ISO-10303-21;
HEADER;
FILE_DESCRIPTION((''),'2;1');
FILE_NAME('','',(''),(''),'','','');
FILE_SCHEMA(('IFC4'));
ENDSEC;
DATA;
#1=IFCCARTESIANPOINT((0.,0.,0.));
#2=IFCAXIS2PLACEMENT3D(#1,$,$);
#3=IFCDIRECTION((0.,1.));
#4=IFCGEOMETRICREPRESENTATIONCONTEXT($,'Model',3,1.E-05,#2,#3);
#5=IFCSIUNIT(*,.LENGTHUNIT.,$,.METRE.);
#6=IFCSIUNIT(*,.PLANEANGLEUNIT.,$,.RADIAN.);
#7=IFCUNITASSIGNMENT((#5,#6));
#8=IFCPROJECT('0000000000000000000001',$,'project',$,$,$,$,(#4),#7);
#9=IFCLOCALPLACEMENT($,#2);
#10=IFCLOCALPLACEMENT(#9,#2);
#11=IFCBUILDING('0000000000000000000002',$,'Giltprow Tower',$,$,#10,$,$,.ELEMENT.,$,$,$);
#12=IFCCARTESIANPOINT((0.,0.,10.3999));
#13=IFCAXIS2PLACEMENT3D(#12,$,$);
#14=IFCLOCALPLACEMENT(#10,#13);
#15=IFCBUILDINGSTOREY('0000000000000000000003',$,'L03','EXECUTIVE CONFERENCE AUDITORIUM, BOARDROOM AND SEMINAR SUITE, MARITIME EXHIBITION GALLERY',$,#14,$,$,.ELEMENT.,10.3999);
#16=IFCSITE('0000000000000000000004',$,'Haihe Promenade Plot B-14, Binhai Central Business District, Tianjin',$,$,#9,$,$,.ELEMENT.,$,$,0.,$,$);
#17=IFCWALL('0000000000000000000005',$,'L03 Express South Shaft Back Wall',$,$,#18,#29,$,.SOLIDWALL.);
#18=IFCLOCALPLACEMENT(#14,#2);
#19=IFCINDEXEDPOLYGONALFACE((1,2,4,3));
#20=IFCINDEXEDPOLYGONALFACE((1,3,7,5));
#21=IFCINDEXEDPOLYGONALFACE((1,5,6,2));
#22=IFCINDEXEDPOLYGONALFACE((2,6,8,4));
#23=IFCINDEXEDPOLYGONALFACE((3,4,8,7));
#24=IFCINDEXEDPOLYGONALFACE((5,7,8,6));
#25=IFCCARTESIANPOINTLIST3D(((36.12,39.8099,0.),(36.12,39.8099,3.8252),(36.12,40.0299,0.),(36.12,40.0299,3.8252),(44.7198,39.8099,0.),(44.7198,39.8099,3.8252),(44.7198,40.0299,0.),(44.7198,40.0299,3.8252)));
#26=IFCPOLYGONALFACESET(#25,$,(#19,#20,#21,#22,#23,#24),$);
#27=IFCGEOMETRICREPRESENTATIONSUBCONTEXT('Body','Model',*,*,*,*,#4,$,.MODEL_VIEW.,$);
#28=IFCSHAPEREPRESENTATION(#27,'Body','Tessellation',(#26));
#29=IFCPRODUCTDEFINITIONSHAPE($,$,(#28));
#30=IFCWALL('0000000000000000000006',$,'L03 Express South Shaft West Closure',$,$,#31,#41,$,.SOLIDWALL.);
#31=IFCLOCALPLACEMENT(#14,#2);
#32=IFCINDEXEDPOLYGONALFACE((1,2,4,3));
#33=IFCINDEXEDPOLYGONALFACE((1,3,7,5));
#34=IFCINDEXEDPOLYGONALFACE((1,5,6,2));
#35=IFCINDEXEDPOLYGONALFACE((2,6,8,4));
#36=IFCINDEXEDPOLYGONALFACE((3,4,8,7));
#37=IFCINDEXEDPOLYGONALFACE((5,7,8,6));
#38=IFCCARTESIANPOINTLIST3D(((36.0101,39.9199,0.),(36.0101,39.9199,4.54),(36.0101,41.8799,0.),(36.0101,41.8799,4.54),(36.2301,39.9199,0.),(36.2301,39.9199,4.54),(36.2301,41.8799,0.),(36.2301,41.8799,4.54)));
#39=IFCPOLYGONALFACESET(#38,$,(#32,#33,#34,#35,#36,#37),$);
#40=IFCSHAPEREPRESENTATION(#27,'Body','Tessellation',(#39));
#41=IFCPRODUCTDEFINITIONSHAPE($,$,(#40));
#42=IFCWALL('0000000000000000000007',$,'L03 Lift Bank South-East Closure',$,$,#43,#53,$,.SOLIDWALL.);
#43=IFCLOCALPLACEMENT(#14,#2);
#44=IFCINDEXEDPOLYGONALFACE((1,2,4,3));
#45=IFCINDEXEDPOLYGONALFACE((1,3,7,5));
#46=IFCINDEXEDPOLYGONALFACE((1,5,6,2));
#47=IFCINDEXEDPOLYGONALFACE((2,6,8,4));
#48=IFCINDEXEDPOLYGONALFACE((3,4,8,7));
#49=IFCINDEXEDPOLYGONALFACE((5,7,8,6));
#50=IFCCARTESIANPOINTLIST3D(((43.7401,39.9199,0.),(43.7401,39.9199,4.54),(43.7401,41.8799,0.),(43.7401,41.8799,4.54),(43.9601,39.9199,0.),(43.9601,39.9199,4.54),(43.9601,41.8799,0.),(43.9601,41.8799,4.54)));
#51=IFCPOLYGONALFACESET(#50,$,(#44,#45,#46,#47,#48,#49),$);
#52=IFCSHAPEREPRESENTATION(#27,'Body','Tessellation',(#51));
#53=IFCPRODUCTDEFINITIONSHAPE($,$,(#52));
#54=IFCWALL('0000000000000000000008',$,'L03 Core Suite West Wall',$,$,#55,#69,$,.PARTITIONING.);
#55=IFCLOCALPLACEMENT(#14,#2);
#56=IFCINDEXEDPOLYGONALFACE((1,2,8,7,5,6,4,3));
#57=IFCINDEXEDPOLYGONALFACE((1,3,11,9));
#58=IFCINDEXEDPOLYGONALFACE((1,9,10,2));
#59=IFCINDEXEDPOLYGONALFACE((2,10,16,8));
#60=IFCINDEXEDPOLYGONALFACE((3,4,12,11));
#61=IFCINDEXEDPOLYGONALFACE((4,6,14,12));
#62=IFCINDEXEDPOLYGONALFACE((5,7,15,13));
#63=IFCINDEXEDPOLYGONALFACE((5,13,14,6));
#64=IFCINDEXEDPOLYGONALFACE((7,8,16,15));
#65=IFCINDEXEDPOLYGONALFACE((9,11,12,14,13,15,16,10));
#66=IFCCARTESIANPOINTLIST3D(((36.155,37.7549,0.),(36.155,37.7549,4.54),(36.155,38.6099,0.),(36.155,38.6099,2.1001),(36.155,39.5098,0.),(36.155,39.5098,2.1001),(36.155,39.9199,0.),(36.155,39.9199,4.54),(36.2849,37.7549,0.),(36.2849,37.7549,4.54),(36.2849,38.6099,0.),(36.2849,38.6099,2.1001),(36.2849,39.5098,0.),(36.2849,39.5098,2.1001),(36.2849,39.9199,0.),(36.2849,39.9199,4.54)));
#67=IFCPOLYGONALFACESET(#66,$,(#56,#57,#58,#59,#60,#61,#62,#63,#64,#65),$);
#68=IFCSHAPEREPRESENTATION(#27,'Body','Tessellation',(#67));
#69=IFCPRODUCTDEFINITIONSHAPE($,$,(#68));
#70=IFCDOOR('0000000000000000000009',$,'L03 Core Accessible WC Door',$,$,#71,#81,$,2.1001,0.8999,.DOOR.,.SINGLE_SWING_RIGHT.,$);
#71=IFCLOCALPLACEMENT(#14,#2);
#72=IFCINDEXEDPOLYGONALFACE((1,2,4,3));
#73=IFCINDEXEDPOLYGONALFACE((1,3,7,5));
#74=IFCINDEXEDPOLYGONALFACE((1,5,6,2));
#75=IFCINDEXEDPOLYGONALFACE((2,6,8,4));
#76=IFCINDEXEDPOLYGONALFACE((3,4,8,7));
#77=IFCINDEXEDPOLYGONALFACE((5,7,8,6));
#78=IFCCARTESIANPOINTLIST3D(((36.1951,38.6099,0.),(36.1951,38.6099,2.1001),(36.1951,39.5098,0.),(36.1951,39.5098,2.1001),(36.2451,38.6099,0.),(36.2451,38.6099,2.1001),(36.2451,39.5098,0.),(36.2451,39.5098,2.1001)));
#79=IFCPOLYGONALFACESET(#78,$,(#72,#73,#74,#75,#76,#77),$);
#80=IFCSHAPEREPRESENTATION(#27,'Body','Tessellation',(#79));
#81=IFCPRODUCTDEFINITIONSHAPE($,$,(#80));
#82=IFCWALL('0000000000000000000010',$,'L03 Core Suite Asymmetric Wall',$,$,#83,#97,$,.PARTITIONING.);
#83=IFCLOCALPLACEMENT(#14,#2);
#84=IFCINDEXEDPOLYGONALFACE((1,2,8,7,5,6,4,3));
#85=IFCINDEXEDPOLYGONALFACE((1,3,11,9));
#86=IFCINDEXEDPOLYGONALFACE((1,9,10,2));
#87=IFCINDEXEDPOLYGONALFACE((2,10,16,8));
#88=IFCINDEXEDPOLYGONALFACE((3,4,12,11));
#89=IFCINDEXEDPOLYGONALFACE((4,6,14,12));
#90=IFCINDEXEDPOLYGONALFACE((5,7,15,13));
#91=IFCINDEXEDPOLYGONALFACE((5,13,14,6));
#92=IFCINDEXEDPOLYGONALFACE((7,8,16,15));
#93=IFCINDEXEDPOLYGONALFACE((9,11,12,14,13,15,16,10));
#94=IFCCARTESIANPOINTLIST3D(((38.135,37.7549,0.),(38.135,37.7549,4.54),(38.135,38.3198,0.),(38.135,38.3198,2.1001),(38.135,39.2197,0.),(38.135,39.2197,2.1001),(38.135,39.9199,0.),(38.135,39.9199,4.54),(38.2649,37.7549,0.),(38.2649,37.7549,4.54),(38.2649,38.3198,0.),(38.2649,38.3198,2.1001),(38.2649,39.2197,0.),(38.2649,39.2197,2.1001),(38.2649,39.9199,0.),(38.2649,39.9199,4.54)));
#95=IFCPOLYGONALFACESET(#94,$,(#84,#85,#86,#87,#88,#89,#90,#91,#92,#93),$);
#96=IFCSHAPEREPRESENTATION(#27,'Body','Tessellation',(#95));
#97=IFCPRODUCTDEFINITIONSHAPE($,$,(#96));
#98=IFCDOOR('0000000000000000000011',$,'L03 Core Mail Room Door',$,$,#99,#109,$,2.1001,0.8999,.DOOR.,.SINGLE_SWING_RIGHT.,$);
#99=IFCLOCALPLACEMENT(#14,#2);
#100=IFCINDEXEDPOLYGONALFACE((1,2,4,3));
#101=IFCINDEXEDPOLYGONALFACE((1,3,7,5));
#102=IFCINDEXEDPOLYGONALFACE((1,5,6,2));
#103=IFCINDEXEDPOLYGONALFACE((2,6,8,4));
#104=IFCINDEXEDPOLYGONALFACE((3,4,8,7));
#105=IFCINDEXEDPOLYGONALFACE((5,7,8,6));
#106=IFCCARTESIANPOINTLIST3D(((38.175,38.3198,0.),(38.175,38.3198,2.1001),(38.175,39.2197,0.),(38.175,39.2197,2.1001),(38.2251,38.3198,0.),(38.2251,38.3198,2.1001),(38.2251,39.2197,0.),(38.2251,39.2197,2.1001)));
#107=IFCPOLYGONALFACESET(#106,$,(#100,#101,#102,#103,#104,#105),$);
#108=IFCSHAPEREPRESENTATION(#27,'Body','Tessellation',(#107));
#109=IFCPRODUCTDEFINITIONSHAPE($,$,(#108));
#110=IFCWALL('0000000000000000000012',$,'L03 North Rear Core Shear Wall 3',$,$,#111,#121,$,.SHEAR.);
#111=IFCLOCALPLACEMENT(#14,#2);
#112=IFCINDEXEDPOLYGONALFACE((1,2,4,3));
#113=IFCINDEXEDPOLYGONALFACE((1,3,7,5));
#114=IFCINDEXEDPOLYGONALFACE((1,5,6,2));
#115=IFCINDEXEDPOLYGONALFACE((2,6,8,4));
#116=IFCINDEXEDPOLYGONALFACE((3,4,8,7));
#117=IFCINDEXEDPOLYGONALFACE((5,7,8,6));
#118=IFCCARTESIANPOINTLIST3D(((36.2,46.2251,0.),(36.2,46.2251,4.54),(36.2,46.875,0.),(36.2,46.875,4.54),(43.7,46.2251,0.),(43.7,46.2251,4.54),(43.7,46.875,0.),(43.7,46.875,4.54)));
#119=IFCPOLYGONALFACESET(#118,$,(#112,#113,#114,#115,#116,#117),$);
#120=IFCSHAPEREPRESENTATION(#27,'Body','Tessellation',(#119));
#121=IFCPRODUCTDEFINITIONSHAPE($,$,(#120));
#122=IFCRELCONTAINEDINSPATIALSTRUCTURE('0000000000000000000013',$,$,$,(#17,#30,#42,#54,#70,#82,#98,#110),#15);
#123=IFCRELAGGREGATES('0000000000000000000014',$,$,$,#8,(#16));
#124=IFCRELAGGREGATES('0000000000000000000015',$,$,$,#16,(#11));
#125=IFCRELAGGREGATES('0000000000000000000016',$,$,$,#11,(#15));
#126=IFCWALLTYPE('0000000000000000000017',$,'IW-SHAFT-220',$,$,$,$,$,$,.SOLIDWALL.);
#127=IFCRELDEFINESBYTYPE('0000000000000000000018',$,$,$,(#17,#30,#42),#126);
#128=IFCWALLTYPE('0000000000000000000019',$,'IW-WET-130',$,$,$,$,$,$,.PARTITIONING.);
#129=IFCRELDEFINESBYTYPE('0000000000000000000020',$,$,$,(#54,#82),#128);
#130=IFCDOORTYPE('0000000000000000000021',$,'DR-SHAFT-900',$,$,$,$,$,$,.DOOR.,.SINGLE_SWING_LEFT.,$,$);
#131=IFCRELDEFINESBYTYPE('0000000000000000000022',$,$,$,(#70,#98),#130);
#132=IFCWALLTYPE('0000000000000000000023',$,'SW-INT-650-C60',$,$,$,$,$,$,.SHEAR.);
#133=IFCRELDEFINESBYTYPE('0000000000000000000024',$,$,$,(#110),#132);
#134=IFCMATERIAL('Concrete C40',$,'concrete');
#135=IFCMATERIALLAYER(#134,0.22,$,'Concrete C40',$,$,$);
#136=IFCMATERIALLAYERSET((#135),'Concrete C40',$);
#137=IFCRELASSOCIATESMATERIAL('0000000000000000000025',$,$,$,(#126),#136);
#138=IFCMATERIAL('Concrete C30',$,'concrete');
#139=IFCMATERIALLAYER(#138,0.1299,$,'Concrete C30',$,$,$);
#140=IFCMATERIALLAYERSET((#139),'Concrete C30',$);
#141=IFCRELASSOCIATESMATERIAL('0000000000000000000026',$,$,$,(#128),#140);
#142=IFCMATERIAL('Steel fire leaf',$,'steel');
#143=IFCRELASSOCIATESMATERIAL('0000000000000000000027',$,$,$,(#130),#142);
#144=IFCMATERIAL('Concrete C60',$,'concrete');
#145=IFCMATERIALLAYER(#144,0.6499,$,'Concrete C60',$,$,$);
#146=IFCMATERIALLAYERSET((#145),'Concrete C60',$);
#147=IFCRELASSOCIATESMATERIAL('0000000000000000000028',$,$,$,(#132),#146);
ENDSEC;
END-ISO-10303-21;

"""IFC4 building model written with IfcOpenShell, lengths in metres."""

from ifc_helpers import new_model, si_unit, direction, frame, frame_2d, origin, place, context, subcontext, project, spatial, rectangle, extrude, source, transform, mapped, material, layer, layer_set, type_object, element, fill, save


model = new_model("IFC4")

# Units and contexts
model_context = context("Model", 3, precision=1e-05, world=origin(), true_north=direction((0.0, 1.0)))
body_context = subcontext(model_context, "Body", "Model", "MODEL_VIEW")
ifc_project = project(units=[si_unit("LENGTHUNIT", "METRE"), si_unit("PLANEANGLEUNIT", "RADIAN")], contexts=[model_context])

# Site, building, storey
site_placement = place(None, origin())
site = spatial("IfcSite", under=ifc_project, at=site_placement, Name="Haihe Promenade Plot B-14, Binhai Central Business District, Tianjin", CompositionType="ELEMENT", RefElevation=0.0)
building_placement = place(site_placement, origin())
building = spatial("IfcBuilding", under=site, at=building_placement, Name="Giltprow Tower", CompositionType="ELEMENT")
storey_placement = place(building_placement, frame((0.0, 0.0, 10.3999)))
storey = spatial("IfcBuildingStorey", under=building, at=storey_placement, Name="L03", Description="EXECUTIVE CONFERENCE AUDITORIUM, BOARDROOM AND SEMINAR SUITE, MARITIME EXHIBITION GALLERY", CompositionType="ELEMENT", Elevation=10.3999)

# Shared definitions
ifc_material_1 = material(Name="Concrete C60", Category="concrete")

# Shared definitions
ifc_material_2 = material(Name="Concrete C40", Category="concrete")
ifc_layer_1 = layer(ifc_material_2, 0.22, Name="Concrete C40")
ifc_layer_set_1 = layer_set([ifc_layer_1], Name="Concrete C40")
wall_type_1 = type_object("IfcWallType", Name="IW-SHAFT-220", PredefinedType="SOLIDWALL", material=ifc_layer_set_1)

# Walls
wall_1_placement = place(storey_placement, frame((36.1201, 39.9199, 0.0), z_axis=(0.0, 0.0, 1.0), x_axis=(1.0, 0.0, 0.0)))
element("IfcWall", 1, at=wall_1_placement, inside=storey, type_object=wall_type_1, Name="L03 Express South Shaft Back Wall", PredefinedType="SOLIDWALL", context=body_context, shape_type="SweptSolid", body=[
    extrude(rectangle(XDim=8.5999, YDim=0.22, at=frame_2d((4.2998, 0.0))), origin(), (0.0, 0.0, 1.0), 3.8252),
])
for number, where, z_axis, x_axis, name in (
    (2, (36.1201, 39.9199, 0.0), (0.0, 0.0, 1.0), (0.0, 1.0, 0.0), "L03 Express South Shaft West Closure"),
    (3, (43.8501, 39.9199, 0.0), (0.0, 0.0, 1.0), (0.0, 1.0, 0.0), "L03 Lift Bank South-East Closure"),
):
    element("IfcWall", number, at=place(storey_placement, frame(where, z_axis=z_axis, x_axis=x_axis)), inside=storey, type_object=wall_type_1, Name=name, PredefinedType="SOLIDWALL", context=body_context, shape_type="SweptSolid", body=[
        extrude(rectangle(XDim=1.96, YDim=0.22, at=frame_2d((0.98, 0.0))), origin(), (0.0, 0.0, 1.0), 4.54),
    ])

# Walls, openings, doors
ifc_material_3 = material(Name="Concrete C30", Category="concrete")
ifc_layer_2 = layer(ifc_material_3, 0.1299, Name="Concrete C30")
ifc_layer_set_2 = layer_set([ifc_layer_2], Name="Concrete C30")
wall_type_2 = type_object("IfcWallType", Name="IW-WET-130", PredefinedType="PARTITIONING", material=ifc_layer_set_2)
wall_2_placement = place(storey_placement, frame((36.22, 37.7549, 0.0), z_axis=(0.0, 0.0, 1.0), x_axis=(0.0, 1.0, 0.0)))
wall_2 = element("IfcWall", 4, at=wall_2_placement, inside=storey, type_object=wall_type_2, Name="L03 Core Suite West Wall", PredefinedType="PARTITIONING", context=body_context, shape_type="SweptSolid", body=[
    extrude(rectangle(XDim=2.165, YDim=0.1299, at=frame_2d((1.0825, 0.0))), origin(), (0.0, 0.0, 1.0), 4.54),
])
opening_1_placement = place(wall_2_placement, frame((0.855, 0.0, 0.0)))
opening_1 = element("IfcOpeningElement", 5, at=opening_1_placement, cuts=wall_2, PredefinedType="OPENING", context=body_context, shape_type="SweptSolid", body=[
    extrude(rectangle(XDim=0.8999, YDim=2.1001, at=frame_2d((0.45, 1.05))), frame((0.0, 0.075, 0.0), z_axis=(0.0, -1.0, 0.0), x_axis=(1.0, 0.0, 0.0)), (0.0, 0.0, 1.0), 0.1499),
])
ifc_material_4 = material(Name="Steel fire leaf", Category="steel")
door_type_1 = type_object("IfcDoorType", Name="DR-SHAFT-900", OperationType="SINGLE_SWING_LEFT", PredefinedType="DOOR", material=ifc_material_4)
shared_shape_1 = source(origin(), body_context, "Body", "SweptSolid", [
    extrude(rectangle(XDim=0.8999, YDim=2.1001, at=frame_2d((0.45, 1.05))), frame((0.0, 0.0249, 0.0), z_axis=(0.0, -1.0, 0.0), x_axis=(1.0, 0.0, 0.0)), (0.0, 0.0, 1.0), 0.05),
])
door_1_placement = place(opening_1_placement, origin())
door_1 = element("IfcDoor", 6, at=door_1_placement, inside=storey, type_object=door_type_1, Name="L03 Core Accessible WC Door", OperationType="SINGLE_SWING_RIGHT", OverallHeight=2.1001, OverallWidth=0.8999, PredefinedType="DOOR", context=body_context, shape_type="MappedRepresentation", body=[
    mapped(shared_shape_1, transform((0.0, 0.0, 0.0), x_axis=(1.0, 0.0, 0.0), y_axis=(0.0, 1.0, 0.0), z_axis=(0.0, 0.0, 1.0), scale=1.0)),
])
fill(opening_1, door_1)
wall_3_placement = place(storey_placement, frame((38.2, 37.7549, 0.0), z_axis=(0.0, 0.0, 1.0), x_axis=(0.0, 1.0, 0.0)))
wall_3 = element("IfcWall", 7, at=wall_3_placement, inside=storey, type_object=wall_type_2, Name="L03 Core Suite Asymmetric Wall", PredefinedType="PARTITIONING", context=body_context, shape_type="SweptSolid", body=[
    extrude(rectangle(XDim=2.165, YDim=0.1299, at=frame_2d((1.0825, 0.0))), origin(), (0.0, 0.0, 1.0), 4.54),
])
opening_2_placement = place(wall_3_placement, frame((0.5649, 0.0, 0.0)))
opening_2 = element("IfcOpeningElement", 8, at=opening_2_placement, cuts=wall_3, PredefinedType="OPENING", context=body_context, shape_type="SweptSolid", body=[
    extrude(rectangle(XDim=0.8999, YDim=2.1001, at=frame_2d((0.45, 1.05))), frame((0.0, 0.075, 0.0), z_axis=(0.0, -1.0, 0.0), x_axis=(1.0, 0.0, 0.0)), (0.0, 0.0, 1.0), 0.1499),
])
door_2_placement = place(opening_2_placement, origin())
door_2 = element("IfcDoor", 9, at=door_2_placement, inside=storey, type_object=door_type_1, Name="L03 Core Mail Room Door", OperationType="SINGLE_SWING_RIGHT", OverallHeight=2.1001, OverallWidth=0.8999, PredefinedType="DOOR", context=body_context, shape_type="MappedRepresentation", body=[
    mapped(shared_shape_1, transform((0.0, 0.0, 0.0), x_axis=(1.0, 0.0, 0.0), y_axis=(0.0, 1.0, 0.0), z_axis=(0.0, 0.0, 1.0), scale=1.0)),
])
fill(opening_2, door_2)

# Wall
ifc_layer_3 = layer(ifc_material_1, 0.6499, Name="Concrete C60")
ifc_layer_set_3 = layer_set([ifc_layer_3], Name="Concrete C60")
wall_type_3 = type_object("IfcWallType", Name="SW-INT-650-C60", PredefinedType="SHEAR", material=ifc_layer_set_3)
wall_4_placement = place(storey_placement, frame((36.2, 46.55, 0.0), z_axis=(0.0, 0.0, 1.0), x_axis=(1.0, 0.0, 0.0)))
element("IfcWall", 10, at=wall_4_placement, inside=storey, type_object=wall_type_3, Name="L03 North Rear Core Shear Wall 3", PredefinedType="SHEAR", context=body_context, shape_type="SweptSolid", body=[
    extrude(rectangle(XDim=7.5, YDim=0.6499, at=frame_2d((3.75, 0.0))), origin(), (0.0, 0.0, 1.0), 4.54),
])

save(model, "model.ifc")
